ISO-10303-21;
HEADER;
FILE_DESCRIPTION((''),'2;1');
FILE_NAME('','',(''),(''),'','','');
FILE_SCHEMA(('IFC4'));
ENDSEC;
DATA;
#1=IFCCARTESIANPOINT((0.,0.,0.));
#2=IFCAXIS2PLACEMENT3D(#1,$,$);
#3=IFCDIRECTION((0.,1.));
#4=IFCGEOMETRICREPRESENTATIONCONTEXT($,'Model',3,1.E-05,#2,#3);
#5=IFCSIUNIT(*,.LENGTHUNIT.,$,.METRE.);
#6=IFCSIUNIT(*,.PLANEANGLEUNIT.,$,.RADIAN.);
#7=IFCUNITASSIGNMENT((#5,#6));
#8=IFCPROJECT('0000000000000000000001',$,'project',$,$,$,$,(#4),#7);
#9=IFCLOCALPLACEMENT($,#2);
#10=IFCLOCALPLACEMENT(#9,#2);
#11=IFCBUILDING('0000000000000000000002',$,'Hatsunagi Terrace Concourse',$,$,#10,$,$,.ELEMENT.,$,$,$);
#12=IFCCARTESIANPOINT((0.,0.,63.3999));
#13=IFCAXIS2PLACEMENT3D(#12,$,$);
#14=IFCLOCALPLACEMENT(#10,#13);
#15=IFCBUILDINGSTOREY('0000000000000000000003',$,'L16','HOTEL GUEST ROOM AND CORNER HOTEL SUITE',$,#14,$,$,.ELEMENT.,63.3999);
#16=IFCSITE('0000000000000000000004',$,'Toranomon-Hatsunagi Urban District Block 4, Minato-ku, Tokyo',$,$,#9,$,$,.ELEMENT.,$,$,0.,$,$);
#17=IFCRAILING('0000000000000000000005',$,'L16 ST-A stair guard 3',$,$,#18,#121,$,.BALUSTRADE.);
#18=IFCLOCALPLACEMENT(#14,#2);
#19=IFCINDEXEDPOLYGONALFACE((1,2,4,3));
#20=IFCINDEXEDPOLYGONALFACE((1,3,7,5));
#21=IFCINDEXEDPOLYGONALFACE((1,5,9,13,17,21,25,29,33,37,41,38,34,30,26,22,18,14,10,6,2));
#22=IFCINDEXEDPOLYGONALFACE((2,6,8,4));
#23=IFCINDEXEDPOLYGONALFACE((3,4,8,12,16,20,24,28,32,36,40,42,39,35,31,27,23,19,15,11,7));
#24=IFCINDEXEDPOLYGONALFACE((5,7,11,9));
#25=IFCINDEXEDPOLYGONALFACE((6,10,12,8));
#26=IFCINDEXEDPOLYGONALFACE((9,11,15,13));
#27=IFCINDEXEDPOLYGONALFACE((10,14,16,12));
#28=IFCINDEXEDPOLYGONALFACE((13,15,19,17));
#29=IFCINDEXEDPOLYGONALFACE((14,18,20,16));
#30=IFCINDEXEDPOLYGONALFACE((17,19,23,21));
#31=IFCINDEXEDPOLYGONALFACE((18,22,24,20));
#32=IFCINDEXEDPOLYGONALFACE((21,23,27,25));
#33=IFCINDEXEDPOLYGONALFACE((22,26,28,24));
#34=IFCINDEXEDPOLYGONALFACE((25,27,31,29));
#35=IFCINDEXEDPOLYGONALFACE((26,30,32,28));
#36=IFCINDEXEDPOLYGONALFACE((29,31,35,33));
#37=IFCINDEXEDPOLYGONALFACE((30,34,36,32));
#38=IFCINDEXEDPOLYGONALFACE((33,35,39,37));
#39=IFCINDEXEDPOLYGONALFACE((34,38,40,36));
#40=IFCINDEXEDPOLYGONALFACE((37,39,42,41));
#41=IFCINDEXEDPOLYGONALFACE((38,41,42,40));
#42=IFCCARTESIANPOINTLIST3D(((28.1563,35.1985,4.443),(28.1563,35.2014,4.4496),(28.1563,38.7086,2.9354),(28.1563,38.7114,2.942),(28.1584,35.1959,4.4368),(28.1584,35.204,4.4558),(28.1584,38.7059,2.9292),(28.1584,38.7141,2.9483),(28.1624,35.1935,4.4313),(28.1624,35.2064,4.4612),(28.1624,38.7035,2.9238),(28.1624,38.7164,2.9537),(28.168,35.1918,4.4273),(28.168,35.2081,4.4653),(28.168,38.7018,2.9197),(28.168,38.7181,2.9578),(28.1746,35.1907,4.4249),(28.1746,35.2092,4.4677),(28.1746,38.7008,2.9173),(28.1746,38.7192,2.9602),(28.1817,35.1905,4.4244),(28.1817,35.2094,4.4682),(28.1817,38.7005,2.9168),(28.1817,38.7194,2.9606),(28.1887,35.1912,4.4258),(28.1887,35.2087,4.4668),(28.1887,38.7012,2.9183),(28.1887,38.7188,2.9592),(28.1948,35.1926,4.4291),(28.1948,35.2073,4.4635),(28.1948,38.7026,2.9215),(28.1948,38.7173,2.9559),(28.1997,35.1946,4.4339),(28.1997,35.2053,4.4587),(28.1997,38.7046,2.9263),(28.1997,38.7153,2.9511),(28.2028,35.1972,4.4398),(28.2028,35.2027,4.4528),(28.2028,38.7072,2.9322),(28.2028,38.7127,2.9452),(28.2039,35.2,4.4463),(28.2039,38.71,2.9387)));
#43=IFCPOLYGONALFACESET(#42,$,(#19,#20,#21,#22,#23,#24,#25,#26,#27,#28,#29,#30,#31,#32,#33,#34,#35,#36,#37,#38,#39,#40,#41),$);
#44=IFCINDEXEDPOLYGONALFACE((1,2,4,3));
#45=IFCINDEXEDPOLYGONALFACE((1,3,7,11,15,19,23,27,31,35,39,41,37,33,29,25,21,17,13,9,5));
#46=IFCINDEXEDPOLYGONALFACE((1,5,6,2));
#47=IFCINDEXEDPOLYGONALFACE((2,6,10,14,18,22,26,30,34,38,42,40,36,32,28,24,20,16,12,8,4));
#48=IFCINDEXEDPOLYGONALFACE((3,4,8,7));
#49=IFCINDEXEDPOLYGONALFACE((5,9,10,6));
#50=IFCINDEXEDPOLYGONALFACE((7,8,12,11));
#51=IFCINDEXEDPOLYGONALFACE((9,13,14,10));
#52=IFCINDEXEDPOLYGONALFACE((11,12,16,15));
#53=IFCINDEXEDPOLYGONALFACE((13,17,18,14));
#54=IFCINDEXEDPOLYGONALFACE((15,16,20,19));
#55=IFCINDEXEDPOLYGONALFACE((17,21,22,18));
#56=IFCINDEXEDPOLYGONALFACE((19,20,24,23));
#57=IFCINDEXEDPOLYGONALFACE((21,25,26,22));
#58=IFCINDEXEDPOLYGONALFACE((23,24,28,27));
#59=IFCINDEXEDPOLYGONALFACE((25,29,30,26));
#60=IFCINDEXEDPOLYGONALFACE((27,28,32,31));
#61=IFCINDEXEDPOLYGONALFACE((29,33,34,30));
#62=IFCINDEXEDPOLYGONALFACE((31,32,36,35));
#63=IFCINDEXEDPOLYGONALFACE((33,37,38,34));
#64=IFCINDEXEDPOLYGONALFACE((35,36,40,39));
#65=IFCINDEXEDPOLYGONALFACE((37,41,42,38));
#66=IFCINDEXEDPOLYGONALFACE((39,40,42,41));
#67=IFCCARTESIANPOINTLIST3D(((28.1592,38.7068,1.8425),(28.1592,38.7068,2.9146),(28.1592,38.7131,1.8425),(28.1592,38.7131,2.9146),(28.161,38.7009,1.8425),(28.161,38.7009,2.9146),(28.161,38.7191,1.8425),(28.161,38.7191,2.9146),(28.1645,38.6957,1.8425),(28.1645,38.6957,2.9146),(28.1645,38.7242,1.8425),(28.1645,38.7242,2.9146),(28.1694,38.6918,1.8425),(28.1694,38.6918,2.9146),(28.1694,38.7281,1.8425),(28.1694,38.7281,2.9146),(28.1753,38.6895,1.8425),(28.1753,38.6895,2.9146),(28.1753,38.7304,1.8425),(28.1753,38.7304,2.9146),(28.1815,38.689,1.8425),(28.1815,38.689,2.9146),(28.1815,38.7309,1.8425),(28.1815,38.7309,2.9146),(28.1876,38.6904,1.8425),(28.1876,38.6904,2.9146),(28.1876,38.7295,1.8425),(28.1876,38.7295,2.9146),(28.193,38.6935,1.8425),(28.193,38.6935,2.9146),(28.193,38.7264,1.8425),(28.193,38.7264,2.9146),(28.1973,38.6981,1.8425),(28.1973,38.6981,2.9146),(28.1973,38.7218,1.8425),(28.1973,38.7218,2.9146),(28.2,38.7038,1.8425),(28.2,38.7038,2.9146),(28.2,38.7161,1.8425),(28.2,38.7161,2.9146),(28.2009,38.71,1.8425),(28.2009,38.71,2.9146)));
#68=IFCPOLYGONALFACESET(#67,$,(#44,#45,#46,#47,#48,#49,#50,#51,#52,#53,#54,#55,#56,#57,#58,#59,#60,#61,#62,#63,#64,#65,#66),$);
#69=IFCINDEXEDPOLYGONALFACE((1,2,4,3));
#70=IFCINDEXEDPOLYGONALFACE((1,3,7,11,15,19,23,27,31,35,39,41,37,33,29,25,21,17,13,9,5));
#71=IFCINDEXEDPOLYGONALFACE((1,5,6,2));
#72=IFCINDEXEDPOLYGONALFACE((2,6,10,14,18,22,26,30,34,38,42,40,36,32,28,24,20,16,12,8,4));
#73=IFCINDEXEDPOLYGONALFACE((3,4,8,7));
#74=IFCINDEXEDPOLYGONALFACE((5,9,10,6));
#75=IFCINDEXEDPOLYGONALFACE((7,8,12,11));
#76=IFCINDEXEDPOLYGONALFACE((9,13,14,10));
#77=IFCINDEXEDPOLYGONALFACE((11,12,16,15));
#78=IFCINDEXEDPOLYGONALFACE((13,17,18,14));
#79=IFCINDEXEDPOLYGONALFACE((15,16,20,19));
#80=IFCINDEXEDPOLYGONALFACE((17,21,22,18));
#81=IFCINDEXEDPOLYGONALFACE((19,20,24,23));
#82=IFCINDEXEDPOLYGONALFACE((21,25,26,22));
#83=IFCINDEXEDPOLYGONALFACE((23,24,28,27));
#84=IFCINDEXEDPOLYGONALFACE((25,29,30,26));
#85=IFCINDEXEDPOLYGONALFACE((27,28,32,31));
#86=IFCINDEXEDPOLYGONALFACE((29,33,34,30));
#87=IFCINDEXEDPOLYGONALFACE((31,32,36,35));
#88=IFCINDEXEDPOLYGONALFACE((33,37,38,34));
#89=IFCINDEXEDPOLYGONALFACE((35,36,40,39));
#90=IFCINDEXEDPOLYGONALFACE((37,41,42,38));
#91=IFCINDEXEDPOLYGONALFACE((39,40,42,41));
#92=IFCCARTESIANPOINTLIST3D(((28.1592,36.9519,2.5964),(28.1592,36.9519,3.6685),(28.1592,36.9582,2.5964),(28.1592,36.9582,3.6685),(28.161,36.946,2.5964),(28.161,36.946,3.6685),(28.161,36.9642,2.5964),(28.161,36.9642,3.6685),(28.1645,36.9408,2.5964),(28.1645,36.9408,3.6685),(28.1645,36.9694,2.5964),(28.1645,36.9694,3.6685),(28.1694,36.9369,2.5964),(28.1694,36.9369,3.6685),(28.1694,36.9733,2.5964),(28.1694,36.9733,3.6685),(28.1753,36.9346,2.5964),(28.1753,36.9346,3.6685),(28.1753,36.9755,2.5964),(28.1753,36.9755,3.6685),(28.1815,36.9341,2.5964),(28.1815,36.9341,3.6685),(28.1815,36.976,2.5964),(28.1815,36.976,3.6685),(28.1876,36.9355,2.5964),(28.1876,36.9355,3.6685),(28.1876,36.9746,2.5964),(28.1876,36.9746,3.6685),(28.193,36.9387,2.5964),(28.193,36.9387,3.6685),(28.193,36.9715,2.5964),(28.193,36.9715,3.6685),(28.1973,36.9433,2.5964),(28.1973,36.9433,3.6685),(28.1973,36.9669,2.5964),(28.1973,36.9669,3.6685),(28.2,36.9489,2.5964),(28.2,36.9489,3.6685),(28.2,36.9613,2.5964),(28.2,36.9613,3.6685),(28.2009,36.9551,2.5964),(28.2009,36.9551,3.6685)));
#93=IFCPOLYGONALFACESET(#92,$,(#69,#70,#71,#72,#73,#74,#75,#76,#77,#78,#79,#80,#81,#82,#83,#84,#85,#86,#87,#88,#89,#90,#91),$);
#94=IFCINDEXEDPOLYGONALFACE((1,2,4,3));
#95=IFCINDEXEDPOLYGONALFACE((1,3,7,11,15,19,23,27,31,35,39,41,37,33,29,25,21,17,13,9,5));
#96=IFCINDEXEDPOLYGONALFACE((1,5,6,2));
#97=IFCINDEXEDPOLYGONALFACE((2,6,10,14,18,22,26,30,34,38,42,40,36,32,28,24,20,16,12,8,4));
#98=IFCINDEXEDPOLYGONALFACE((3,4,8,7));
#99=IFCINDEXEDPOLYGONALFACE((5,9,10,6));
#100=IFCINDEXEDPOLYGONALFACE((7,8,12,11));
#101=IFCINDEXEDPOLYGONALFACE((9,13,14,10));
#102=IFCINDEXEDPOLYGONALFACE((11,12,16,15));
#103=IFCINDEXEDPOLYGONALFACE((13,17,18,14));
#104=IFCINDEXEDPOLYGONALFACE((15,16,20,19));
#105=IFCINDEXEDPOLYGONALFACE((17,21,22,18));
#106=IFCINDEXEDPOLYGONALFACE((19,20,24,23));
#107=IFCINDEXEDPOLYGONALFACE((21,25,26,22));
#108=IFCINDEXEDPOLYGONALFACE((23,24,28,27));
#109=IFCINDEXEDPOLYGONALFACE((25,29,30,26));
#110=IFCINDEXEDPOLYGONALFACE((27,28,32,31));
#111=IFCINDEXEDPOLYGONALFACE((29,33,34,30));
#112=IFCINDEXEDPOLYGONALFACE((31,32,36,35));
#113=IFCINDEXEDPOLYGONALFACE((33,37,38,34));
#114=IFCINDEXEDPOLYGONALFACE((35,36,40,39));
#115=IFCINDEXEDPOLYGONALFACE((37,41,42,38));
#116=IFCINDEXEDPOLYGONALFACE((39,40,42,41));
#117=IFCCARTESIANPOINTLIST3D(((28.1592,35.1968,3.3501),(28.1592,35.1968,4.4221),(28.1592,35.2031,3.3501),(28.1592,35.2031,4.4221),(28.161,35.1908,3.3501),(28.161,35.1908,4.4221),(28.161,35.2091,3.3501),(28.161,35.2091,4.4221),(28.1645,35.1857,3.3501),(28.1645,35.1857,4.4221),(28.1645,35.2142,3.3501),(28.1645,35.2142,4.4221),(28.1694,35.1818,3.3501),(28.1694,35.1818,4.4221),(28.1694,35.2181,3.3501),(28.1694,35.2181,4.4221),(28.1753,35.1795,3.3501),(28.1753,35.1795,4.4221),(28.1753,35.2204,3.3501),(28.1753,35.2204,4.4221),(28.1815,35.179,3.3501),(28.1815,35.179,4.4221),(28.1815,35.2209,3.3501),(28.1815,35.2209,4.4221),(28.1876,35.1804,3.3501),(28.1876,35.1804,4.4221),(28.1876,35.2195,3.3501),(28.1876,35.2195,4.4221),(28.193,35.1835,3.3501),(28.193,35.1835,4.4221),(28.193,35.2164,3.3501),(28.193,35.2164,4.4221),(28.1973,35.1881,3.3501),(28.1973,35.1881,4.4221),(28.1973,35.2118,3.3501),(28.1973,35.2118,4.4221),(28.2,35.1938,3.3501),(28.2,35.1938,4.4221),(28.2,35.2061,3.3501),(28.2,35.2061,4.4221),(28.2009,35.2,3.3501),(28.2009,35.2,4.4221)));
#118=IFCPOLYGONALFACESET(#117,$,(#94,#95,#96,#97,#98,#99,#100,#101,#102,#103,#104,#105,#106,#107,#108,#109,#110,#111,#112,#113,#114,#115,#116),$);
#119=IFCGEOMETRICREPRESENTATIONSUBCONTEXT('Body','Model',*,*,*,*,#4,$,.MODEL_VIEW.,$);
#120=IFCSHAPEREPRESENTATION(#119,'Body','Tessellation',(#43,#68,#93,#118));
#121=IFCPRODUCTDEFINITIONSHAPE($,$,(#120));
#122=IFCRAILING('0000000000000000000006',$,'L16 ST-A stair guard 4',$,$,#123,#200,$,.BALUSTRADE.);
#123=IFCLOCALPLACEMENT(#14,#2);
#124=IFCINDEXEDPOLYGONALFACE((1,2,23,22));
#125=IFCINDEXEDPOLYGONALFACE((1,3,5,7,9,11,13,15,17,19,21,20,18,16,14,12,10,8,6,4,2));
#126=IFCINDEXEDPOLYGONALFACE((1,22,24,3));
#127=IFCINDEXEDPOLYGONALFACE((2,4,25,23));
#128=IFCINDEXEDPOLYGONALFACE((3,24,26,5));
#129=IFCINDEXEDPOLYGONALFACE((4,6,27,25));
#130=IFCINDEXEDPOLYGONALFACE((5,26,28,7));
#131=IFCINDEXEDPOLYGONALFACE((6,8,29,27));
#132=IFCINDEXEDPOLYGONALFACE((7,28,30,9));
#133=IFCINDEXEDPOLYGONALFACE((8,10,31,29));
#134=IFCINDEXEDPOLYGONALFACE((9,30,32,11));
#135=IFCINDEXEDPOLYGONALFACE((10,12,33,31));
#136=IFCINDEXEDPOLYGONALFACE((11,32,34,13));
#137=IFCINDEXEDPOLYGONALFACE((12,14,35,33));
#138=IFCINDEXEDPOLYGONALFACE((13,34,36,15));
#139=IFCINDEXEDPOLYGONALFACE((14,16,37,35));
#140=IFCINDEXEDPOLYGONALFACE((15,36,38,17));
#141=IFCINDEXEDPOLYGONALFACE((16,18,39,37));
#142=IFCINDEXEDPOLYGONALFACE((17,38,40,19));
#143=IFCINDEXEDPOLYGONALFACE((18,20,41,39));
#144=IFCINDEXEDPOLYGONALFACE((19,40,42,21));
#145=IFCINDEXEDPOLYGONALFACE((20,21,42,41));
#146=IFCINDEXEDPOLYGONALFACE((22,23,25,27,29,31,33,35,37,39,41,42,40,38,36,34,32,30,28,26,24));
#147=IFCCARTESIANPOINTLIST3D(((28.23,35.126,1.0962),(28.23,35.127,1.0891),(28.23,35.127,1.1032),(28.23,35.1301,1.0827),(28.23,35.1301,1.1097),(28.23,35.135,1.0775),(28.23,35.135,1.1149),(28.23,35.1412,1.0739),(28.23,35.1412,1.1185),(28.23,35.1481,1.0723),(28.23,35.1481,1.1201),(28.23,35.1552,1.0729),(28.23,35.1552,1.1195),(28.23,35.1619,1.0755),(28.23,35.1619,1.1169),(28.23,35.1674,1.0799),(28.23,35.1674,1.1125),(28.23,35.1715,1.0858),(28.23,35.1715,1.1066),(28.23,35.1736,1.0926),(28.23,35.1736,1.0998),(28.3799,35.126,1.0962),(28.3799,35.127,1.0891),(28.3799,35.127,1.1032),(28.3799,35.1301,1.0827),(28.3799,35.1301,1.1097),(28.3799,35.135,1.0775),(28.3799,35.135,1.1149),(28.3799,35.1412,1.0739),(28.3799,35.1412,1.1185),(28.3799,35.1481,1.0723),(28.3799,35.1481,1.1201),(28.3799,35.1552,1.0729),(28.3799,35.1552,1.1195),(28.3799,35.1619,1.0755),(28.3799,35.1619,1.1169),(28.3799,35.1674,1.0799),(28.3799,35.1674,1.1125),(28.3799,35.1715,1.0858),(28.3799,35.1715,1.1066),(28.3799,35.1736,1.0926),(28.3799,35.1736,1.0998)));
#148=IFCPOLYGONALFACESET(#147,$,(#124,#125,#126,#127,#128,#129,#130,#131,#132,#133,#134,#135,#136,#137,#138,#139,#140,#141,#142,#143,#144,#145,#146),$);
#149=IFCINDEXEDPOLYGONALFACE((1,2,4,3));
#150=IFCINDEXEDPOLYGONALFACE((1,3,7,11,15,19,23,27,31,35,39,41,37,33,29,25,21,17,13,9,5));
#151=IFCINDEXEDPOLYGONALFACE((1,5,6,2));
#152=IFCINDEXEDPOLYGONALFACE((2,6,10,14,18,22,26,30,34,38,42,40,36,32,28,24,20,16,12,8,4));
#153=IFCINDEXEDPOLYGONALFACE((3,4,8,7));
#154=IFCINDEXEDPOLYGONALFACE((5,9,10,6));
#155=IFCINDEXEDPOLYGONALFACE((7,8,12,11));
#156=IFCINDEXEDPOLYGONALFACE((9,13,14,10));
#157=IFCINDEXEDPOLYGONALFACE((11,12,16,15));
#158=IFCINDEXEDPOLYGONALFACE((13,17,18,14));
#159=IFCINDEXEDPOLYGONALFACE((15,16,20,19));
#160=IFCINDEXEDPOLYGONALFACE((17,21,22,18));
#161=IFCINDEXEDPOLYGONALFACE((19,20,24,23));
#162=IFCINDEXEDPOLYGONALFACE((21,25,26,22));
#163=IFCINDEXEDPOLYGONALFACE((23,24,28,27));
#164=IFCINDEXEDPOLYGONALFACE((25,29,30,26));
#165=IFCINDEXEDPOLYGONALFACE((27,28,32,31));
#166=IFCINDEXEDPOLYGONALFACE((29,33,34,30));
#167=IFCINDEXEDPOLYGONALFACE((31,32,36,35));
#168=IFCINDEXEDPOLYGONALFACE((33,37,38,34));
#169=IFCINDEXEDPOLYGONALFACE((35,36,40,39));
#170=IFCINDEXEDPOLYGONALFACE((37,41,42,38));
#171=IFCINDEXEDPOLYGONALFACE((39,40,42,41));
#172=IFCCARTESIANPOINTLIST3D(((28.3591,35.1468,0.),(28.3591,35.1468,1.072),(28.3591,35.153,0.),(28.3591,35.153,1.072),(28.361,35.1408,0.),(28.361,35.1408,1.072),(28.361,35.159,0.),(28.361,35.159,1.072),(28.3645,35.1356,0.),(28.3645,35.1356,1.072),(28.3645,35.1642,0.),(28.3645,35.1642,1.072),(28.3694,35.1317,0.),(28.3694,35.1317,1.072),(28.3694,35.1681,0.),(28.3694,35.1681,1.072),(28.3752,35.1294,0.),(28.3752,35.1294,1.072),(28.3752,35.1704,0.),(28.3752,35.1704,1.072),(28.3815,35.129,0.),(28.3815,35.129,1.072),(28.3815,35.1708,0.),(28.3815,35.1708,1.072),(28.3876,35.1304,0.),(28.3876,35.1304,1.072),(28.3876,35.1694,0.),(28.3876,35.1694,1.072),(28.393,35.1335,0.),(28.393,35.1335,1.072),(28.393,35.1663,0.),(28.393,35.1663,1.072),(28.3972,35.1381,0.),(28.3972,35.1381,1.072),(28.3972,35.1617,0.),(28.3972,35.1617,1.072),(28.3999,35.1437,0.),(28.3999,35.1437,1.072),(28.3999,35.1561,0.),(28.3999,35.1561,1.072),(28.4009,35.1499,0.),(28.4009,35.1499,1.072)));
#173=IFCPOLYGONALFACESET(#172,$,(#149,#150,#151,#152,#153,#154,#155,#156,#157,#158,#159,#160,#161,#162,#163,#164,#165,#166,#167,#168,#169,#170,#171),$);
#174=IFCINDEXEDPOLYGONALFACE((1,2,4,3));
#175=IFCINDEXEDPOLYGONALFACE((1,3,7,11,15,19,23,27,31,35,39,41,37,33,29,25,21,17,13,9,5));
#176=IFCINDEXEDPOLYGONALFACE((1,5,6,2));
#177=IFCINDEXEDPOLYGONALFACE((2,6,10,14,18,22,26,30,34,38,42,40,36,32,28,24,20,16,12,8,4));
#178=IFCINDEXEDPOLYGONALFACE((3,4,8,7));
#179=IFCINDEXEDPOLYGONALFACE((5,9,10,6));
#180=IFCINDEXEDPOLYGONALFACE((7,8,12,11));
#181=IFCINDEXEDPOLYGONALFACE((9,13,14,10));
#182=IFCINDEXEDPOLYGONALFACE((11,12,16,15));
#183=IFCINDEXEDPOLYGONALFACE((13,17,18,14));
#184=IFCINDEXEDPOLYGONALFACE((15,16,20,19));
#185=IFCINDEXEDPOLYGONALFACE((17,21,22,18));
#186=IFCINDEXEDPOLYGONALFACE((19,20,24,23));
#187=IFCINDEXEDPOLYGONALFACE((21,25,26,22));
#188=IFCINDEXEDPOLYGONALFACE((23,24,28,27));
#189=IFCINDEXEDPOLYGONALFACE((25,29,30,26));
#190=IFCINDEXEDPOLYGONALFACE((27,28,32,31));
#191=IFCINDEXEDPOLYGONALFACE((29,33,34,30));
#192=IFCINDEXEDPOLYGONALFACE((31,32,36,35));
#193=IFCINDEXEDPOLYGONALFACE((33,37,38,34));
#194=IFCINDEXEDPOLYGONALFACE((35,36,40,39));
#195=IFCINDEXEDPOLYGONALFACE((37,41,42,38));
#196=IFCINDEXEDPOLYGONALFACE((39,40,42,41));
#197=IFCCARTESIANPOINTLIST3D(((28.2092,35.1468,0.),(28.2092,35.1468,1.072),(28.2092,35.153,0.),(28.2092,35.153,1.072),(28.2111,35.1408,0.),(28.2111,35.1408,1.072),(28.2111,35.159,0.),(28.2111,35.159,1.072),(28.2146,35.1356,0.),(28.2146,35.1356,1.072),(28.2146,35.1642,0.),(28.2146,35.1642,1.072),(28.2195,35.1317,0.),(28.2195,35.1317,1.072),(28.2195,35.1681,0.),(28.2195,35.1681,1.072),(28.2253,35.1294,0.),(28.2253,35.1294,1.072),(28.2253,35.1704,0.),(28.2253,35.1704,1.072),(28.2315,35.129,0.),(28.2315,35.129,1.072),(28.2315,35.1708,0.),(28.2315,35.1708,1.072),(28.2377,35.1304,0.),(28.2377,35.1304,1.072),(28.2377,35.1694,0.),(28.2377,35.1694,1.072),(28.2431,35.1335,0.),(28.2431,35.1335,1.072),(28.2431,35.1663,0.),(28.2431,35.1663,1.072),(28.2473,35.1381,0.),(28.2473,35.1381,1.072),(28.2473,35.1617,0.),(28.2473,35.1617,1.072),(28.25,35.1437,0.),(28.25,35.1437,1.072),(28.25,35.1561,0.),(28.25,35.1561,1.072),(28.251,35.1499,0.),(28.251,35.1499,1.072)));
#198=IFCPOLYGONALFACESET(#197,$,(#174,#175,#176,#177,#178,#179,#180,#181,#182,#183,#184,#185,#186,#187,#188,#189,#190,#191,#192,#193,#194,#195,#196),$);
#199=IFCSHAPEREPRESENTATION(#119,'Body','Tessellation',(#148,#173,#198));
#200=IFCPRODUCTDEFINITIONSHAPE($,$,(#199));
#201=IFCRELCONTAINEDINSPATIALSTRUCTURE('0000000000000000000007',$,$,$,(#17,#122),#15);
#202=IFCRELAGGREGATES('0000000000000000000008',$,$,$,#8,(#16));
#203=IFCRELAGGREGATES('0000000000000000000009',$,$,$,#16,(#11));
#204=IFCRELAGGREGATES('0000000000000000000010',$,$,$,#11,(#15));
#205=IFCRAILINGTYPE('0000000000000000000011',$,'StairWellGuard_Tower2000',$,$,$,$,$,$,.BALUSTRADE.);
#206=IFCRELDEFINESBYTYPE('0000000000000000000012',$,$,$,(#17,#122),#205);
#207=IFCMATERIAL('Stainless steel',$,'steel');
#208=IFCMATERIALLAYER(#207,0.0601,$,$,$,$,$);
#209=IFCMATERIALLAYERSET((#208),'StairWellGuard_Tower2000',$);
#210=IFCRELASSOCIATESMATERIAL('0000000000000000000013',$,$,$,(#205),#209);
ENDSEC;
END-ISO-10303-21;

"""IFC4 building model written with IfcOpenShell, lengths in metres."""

from ifc_helpers import new_model, si_unit, direction, frame, origin, origin_2d, place, context, subcontext, project, spatial, circle, extrude, material, layer, layer_set, type_object, element, save


model = new_model("IFC4")

# Units and contexts
model_context = context("Model", 3, precision=1e-05, world=origin(), true_north=direction((0.0, 1.0)))
body_context = subcontext(model_context, "Body", "Model", "MODEL_VIEW")
ifc_project = project(units=[si_unit("LENGTHUNIT", "METRE"), si_unit("PLANEANGLEUNIT", "RADIAN")], contexts=[model_context])

# Site, building, storey
site_placement = place(None, origin())
site = spatial("IfcSite", under=ifc_project, at=site_placement, Name="Toranomon-Hatsunagi Urban District Block 4, Minato-ku, Tokyo", CompositionType="ELEMENT", RefElevation=0.0)
building_placement = place(site_placement, origin())
building = spatial("IfcBuilding", under=site, at=building_placement, Name="Hatsunagi Terrace Concourse", CompositionType="ELEMENT")
storey_placement = place(building_placement, frame((0.0, 0.0, 63.3999)))
storey = spatial("IfcBuildingStorey", under=building, at=storey_placement, Name="L16", Description="HOTEL GUEST ROOM AND CORNER HOTEL SUITE", CompositionType="ELEMENT", Elevation=63.3999)

# Railings
ifc_material_1 = material(Name="Stainless steel", Category="steel")
ifc_layer_1 = layer(ifc_material_1, 0.0601)
ifc_layer_set_1 = layer_set([ifc_layer_1], Name="StairWellGuard_Tower2000")
railing_type_1 = type_object("IfcRailingType", Name="StairWellGuard_Tower2000", PredefinedType="BALUSTRADE", material=ifc_layer_set_1)
railing_1_placement = place(storey_placement, frame((28.1799, 38.71, 1.8425)))
element("IfcRailing", 1, at=railing_1_placement, inside=storey, type_object=railing_type_1, Name="L16 ST-A stair guard 3", PredefinedType="BALUSTRADE", context=body_context, shape_type="SweptSolid", body=[
    extrude(circle(Radius=0.0239, at=origin_2d()), frame((0.0, 0.0, 1.0962), z_axis=(0.0, -0.918834, 0.394644), x_axis=(1.0, 0.0, 0.0)), (0.0, 0.0, 1.0), 3.8201),
    extrude(circle(Radius=0.021, at=origin_2d()), origin(), (0.0, 0.0, 1.0), 1.072),
    extrude(circle(Radius=0.021, at=origin_2d()), frame((0.0, -1.7549, 0.7539)), (0.0, 0.0, 1.0), 1.072),
    extrude(circle(Radius=0.021, at=origin_2d()), frame((0.0, -3.51, 1.5076)), (0.0, 0.0, 1.0), 1.072),
])
railing_2_placement = place(storey_placement, frame((28.3799, 35.1499, 0.0)))
element("IfcRailing", 2, at=railing_2_placement, inside=storey, type_object=railing_type_1, Name="L16 ST-A stair guard 4", PredefinedType="BALUSTRADE", context=body_context, shape_type="SweptSolid", body=[
    extrude(circle(Radius=0.0239, at=origin_2d()), frame((0.0, 0.0, 1.0962), z_axis=(-1.0, 0.0, 0.0), x_axis=(0.0, -1.0, 0.0)), (0.0, 0.0, 1.0), 0.1499),
    extrude(circle(Radius=0.021, at=origin_2d()), origin(), (0.0, 0.0, 1.0), 1.072),
    extrude(circle(Radius=0.021, at=origin_2d()), frame((-0.1499, 0.0, 0.0)), (0.0, 0.0, 1.0), 1.072),
])

save(model, "model.ifc")
